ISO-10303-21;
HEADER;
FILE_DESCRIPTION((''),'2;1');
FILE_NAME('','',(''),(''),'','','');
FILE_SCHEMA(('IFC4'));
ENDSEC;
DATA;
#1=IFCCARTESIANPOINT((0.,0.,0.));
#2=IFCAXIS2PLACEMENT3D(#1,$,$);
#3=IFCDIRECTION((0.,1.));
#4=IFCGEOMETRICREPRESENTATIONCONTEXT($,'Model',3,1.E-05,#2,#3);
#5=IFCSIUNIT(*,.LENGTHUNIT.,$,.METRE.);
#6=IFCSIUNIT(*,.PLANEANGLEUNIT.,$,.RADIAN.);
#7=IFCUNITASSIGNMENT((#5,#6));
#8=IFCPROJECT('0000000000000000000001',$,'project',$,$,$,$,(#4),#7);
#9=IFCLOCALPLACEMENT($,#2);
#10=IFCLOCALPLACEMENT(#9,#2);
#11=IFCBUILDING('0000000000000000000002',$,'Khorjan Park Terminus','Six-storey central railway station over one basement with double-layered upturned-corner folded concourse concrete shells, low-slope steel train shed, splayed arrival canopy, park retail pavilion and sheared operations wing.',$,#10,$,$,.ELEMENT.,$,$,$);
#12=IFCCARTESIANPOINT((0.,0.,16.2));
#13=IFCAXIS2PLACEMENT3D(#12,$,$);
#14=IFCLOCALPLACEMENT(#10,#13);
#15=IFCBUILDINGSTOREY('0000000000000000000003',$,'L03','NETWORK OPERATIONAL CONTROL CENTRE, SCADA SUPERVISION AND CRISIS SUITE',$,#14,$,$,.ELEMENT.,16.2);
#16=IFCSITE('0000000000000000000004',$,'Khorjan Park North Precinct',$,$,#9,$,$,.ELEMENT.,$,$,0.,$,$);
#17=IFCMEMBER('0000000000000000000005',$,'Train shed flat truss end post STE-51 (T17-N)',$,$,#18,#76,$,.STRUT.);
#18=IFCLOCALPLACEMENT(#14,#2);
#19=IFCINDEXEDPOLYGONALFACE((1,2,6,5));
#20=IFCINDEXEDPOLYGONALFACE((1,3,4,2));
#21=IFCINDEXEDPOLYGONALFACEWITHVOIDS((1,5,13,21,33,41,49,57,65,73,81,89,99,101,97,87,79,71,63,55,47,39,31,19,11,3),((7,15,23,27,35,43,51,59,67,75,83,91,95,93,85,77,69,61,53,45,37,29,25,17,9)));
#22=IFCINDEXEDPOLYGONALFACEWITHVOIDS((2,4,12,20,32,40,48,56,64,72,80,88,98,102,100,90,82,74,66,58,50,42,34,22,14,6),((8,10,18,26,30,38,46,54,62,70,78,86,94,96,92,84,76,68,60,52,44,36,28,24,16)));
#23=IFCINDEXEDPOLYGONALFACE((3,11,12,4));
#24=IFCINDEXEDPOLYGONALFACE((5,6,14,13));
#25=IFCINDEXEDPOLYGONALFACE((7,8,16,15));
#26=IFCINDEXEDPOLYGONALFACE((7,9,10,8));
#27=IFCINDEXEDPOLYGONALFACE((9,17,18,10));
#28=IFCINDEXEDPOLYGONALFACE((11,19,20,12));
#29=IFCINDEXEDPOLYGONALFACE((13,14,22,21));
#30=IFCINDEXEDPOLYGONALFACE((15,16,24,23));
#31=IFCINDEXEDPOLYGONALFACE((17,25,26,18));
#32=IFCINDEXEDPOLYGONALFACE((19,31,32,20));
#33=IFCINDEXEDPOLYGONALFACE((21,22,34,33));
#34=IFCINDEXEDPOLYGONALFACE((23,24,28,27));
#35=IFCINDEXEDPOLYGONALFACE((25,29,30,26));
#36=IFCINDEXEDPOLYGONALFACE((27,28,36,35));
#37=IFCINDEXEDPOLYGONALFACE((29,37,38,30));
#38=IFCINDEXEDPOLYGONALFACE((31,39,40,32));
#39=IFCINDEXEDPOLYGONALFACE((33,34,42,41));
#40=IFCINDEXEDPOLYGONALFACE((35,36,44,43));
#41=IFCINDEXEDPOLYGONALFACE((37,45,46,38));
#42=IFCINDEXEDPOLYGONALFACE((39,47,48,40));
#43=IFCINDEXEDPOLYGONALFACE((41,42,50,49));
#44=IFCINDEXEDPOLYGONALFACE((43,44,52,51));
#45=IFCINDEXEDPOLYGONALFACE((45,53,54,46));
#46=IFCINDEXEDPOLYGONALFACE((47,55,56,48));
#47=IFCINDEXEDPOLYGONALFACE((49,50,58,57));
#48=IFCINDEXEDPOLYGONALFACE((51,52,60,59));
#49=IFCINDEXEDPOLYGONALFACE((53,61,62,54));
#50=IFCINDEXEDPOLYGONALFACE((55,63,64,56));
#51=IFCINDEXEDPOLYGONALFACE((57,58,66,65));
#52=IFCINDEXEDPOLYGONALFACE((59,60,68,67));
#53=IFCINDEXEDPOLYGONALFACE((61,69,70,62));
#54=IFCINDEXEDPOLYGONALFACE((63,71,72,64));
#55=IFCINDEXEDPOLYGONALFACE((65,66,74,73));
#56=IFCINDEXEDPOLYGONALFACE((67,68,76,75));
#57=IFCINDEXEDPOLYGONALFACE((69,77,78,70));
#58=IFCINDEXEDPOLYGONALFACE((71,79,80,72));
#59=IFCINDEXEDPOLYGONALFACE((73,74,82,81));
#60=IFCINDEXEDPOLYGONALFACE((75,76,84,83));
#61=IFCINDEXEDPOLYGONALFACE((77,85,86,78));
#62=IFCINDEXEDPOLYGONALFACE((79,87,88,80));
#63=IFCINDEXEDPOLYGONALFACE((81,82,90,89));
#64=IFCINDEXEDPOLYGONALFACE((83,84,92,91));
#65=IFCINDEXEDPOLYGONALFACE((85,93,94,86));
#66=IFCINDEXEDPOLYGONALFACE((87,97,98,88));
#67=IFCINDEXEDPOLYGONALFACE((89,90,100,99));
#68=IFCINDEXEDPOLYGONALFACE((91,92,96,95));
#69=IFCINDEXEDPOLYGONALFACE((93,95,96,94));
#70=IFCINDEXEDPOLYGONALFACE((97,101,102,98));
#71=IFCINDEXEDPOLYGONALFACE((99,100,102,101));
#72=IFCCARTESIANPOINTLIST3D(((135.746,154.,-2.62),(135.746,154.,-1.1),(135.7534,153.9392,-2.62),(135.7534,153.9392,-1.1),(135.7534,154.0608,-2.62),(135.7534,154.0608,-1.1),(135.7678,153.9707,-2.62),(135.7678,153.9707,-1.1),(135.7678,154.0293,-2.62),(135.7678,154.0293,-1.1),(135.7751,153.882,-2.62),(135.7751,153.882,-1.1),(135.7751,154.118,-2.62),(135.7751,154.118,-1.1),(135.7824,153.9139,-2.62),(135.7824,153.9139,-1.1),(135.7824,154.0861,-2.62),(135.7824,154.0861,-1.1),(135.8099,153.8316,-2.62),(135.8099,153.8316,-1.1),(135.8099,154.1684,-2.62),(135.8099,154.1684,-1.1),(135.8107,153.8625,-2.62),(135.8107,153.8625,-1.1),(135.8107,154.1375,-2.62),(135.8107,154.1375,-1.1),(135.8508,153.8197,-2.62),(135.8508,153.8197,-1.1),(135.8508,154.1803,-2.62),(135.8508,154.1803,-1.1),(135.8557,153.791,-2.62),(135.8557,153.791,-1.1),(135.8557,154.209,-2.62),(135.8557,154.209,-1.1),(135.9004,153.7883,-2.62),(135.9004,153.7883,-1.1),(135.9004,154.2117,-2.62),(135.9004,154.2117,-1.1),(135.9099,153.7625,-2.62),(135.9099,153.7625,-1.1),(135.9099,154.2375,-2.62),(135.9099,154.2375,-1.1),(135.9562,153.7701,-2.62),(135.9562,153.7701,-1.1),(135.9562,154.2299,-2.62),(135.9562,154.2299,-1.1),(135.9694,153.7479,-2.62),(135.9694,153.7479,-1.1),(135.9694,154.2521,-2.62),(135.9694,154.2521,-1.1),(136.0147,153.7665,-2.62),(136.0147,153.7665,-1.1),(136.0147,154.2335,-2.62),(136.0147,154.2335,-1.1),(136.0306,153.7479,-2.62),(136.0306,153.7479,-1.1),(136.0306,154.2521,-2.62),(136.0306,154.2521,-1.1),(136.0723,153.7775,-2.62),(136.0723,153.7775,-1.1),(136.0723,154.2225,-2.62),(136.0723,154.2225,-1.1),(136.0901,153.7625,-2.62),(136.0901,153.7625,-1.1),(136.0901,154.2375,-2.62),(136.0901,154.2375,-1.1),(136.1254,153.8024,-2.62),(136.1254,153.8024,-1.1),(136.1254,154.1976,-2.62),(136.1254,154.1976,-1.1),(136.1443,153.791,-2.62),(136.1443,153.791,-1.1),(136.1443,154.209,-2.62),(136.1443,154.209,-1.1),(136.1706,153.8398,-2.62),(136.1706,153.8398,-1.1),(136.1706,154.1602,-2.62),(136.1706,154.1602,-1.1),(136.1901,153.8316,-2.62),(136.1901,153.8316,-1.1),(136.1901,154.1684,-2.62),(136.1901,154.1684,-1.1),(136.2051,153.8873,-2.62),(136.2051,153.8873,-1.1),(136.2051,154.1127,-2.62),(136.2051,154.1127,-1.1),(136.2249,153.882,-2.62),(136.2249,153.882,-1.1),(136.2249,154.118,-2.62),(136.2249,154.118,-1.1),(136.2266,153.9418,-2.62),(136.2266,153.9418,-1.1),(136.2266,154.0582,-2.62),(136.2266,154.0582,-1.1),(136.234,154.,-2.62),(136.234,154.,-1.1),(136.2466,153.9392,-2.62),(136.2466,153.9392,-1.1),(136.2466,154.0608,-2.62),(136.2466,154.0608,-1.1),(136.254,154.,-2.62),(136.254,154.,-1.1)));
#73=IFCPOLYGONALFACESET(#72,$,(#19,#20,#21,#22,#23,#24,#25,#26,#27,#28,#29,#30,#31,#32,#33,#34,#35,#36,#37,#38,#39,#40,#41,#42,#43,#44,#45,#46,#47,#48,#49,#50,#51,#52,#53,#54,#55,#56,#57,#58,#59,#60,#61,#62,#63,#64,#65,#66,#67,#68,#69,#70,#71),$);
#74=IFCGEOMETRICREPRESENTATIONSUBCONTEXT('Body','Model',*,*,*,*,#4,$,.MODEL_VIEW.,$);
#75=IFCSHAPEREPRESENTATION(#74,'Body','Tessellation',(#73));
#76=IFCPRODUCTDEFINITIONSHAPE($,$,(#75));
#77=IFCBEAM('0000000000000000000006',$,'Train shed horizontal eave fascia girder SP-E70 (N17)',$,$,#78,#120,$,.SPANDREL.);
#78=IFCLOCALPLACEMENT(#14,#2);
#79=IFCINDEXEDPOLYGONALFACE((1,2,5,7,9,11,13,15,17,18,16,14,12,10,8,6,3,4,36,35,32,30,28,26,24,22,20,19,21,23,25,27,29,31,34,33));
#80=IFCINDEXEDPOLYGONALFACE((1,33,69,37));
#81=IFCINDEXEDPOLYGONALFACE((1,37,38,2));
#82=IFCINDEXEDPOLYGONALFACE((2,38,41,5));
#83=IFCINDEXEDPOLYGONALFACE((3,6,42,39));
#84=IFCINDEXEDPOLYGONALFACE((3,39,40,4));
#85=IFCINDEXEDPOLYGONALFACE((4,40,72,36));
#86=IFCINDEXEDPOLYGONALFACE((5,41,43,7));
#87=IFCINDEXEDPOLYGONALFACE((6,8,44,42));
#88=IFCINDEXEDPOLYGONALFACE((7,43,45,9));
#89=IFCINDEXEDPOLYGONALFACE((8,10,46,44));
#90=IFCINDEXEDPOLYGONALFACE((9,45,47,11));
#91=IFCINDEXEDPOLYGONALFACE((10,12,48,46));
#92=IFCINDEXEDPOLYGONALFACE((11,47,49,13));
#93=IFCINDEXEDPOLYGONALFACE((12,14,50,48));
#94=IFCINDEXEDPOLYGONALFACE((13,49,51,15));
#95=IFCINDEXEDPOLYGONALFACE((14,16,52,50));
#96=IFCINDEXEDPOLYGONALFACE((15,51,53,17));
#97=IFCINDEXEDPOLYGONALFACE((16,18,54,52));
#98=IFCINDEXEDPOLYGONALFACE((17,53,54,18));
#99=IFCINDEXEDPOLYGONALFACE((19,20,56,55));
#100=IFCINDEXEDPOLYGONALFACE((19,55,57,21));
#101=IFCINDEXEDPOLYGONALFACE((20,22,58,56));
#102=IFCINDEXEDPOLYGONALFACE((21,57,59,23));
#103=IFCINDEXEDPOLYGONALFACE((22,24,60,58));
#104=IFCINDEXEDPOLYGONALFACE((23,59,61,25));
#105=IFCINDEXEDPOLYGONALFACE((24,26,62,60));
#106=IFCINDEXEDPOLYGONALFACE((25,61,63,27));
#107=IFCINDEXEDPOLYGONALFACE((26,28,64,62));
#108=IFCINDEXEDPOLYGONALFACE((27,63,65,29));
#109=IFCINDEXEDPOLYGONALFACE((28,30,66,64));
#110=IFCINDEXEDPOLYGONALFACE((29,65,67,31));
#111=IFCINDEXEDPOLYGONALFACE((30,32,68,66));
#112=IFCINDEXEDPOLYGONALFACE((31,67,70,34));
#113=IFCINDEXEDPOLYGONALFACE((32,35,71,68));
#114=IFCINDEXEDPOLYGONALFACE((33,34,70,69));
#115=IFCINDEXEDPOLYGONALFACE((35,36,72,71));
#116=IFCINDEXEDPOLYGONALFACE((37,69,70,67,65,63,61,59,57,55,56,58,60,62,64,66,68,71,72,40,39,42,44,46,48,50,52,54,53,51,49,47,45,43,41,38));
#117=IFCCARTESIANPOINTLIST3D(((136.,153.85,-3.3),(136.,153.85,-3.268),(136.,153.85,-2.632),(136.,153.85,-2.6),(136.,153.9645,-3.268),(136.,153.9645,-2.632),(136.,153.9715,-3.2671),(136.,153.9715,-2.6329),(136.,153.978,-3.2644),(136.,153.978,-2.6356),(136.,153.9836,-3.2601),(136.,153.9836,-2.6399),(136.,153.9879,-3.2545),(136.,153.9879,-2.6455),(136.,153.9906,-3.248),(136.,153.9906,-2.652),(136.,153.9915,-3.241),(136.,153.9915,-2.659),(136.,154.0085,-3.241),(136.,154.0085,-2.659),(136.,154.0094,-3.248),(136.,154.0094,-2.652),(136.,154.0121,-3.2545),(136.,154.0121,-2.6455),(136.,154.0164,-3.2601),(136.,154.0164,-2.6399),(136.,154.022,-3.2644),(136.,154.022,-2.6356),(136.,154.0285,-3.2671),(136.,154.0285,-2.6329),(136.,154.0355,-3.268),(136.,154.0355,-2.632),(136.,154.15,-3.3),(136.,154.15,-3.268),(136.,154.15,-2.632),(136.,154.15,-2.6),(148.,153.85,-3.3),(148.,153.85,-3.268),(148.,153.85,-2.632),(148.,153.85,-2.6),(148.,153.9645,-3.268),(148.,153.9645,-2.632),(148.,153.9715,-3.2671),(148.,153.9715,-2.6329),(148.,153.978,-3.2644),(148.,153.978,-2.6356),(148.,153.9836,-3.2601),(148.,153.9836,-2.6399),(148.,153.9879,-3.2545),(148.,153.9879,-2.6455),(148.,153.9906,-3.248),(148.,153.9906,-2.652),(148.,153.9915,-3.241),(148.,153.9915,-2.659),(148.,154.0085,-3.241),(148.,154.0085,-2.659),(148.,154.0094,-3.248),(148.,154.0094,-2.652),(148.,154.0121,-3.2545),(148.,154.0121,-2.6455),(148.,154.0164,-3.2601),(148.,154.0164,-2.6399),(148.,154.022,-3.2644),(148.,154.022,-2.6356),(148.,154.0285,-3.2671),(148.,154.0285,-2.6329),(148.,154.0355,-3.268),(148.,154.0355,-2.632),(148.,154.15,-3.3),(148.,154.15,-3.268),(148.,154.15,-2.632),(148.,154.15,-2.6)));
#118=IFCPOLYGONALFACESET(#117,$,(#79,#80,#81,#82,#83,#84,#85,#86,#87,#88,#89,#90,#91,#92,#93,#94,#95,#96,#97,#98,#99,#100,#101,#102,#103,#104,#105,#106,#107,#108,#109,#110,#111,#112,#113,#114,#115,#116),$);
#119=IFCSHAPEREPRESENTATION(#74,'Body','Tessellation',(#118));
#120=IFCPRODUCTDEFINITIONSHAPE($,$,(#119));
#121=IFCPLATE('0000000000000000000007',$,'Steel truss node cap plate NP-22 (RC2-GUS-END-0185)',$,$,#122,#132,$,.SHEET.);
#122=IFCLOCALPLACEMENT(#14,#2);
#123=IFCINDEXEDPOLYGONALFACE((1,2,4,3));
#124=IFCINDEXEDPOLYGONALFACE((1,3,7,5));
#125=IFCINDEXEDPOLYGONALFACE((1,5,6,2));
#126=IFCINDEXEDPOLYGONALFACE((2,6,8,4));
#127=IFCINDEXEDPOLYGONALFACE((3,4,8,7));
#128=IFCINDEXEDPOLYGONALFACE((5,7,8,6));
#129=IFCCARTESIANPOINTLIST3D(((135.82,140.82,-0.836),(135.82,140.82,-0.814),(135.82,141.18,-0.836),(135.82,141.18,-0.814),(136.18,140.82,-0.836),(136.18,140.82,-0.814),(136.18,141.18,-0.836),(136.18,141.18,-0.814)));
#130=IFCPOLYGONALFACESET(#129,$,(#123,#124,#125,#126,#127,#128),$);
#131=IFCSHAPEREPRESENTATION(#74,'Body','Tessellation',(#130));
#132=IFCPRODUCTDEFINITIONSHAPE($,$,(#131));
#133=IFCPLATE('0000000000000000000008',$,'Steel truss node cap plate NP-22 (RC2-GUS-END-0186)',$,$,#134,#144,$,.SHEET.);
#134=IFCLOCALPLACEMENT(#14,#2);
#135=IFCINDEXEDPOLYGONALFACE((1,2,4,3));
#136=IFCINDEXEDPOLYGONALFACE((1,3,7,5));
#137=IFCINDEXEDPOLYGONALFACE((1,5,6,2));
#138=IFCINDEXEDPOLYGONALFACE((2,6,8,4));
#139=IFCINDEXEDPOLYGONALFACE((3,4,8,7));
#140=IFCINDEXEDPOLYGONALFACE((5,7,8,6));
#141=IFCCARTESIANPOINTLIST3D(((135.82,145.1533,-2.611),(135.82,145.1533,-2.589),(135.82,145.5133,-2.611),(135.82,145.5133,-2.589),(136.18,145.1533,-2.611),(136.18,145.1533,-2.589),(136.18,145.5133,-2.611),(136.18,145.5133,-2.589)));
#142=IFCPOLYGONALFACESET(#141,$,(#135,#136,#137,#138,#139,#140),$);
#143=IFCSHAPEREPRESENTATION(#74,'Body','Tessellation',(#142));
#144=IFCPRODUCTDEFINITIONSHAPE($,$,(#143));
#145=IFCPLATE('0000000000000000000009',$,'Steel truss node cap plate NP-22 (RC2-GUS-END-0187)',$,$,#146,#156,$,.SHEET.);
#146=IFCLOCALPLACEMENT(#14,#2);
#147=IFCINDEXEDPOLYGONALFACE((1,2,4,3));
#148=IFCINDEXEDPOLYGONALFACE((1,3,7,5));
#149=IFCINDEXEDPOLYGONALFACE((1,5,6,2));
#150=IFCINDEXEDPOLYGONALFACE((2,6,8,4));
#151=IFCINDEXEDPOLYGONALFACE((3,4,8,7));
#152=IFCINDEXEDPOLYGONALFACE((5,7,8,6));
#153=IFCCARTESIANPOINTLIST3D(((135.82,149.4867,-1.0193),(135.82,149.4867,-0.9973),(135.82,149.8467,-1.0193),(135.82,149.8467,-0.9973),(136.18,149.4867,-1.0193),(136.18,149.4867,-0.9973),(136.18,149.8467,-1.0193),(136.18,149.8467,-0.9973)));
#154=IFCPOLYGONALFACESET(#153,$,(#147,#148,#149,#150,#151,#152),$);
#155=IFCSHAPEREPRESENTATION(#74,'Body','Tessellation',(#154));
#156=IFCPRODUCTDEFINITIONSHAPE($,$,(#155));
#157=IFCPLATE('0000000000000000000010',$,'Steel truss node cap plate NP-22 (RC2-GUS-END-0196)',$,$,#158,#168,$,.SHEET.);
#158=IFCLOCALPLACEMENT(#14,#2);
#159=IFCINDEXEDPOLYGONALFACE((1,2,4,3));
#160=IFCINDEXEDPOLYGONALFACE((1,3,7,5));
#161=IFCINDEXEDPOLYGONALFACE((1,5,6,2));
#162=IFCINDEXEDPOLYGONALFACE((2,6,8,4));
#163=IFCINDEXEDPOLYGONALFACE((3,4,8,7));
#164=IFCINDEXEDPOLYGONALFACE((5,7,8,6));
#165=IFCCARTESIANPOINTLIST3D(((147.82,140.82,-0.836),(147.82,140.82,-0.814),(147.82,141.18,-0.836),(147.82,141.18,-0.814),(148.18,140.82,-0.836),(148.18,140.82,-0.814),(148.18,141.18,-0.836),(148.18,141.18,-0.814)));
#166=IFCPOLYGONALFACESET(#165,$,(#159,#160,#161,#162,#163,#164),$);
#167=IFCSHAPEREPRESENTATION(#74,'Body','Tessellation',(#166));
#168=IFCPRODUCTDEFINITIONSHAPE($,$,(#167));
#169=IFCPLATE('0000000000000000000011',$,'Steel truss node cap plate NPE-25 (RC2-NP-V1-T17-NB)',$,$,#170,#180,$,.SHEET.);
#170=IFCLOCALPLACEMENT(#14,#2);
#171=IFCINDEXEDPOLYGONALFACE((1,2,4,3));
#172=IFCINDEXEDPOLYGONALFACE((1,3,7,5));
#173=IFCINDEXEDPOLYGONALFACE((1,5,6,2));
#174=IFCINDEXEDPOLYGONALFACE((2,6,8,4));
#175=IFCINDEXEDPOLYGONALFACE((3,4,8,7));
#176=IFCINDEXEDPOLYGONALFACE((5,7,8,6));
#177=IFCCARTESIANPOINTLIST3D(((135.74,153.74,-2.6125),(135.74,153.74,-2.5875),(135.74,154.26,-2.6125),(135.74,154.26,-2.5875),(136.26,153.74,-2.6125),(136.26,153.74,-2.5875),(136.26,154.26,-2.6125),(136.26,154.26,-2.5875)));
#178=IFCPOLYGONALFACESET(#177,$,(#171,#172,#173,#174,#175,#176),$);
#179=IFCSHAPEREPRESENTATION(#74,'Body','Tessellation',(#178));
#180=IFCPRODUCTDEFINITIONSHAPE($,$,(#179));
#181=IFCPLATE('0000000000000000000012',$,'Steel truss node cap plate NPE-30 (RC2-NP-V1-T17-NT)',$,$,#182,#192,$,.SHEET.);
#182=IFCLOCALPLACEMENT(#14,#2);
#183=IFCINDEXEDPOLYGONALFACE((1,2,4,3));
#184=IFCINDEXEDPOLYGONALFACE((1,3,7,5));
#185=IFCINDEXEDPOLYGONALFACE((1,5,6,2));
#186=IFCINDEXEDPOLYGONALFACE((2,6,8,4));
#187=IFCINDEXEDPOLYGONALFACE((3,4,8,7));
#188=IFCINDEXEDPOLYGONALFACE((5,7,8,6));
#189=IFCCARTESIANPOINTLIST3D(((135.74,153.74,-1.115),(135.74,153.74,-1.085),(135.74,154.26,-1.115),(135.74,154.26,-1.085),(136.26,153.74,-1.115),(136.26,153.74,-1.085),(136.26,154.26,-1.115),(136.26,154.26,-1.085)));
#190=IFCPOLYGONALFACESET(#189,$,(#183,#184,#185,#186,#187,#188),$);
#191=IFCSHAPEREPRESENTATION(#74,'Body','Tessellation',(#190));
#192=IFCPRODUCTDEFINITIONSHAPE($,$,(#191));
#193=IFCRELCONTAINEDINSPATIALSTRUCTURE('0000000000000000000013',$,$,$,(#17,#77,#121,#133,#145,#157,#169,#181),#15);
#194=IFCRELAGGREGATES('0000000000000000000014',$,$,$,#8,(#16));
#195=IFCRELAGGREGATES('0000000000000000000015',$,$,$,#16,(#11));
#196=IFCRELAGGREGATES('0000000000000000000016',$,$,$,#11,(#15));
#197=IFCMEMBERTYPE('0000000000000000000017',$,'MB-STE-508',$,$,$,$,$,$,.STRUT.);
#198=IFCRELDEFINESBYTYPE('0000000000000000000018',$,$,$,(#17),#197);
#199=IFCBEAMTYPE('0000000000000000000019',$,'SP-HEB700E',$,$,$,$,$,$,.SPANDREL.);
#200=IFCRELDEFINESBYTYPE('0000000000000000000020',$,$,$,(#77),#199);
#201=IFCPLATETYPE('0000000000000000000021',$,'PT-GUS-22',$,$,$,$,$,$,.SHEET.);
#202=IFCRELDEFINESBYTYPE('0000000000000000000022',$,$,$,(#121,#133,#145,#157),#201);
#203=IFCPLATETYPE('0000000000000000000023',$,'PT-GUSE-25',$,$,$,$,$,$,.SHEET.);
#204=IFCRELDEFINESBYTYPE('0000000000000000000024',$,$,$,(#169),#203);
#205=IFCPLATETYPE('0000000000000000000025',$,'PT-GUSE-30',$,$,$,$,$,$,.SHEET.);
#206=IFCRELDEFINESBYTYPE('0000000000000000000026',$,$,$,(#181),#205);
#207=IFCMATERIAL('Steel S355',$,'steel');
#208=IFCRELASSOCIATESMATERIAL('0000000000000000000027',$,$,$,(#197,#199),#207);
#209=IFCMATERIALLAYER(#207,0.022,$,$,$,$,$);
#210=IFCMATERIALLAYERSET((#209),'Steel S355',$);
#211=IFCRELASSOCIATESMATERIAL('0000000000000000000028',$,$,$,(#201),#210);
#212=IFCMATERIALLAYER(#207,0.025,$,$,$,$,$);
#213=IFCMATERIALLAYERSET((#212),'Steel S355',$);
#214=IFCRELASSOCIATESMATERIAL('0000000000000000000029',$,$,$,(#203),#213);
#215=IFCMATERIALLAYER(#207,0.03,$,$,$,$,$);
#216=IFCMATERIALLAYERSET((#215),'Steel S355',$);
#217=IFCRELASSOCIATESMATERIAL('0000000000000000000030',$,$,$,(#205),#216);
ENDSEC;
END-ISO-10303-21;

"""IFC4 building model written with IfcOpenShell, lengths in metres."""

from ifc_helpers import new_model, si_unit, direction, frame, origin, origin_2d, place, context, subcontext, project, spatial, rectangle, hollow_circle, i_section, extrude, material, layer, layer_set, material_profile, profile_set, type_object, element, save


model = new_model("IFC4")

# Units and contexts
model_context = context("Model", 3, precision=1e-05, world=origin(), true_north=direction((0.0, 1.0)))
body_context = subcontext(model_context, "Body", "Model", "MODEL_VIEW")
ifc_project = project(units=[si_unit("LENGTHUNIT", "METRE"), si_unit("PLANEANGLEUNIT", "RADIAN")], contexts=[model_context])

# Site, building, storey
site_placement = place(None, origin())
site = spatial("IfcSite", under=ifc_project, at=site_placement, Name="Khorjan Park North Precinct", CompositionType="ELEMENT", RefElevation=0.0)
building_placement = place(site_placement, origin())
building = spatial("IfcBuilding", under=site, at=building_placement, Name="Khorjan Park Terminus", Description="Six-storey central railway station over one basement with double-layered upturned-corner folded concourse concrete shells, low-slope steel train shed, splayed arrival canopy, park retail pavilion and sheared operations wing.", CompositionType="ELEMENT")
storey_placement = place(building_placement, frame((0.0, 0.0, 16.2)))
storey = spatial("IfcBuildingStorey", under=building, at=storey_placement, Name="L03", Description="NETWORK OPERATIONAL CONTROL CENTRE, SCADA SUPERVISION AND CRISIS SUITE", CompositionType="ELEMENT", Elevation=16.2)

# Member
ifc_material = material(Name="Steel S355", Category="steel")
ifc_material_profile_1 = material_profile(ifc_material, hollow_circle(Radius=0.254, WallThickness=0.02, at=origin_2d()), Name="CHS 508x20")
ifc_profile_set_1 = profile_set([ifc_material_profile_1], Name="Steel S355")
member_type_1 = type_object("IfcMemberType", Name="MB-STE-508", PredefinedType="STRUT", material=ifc_profile_set_1)
member_1_placement = place(storey_placement, frame((136.0, 154.0, -2.62), z_axis=(0.0, 0.0, 1.0), x_axis=(1.0, 0.0, 0.0)))
element("IfcMember", 1, at=member_1_placement, inside=storey, type_object=member_type_1, Name="Train shed flat truss end post STE-51 (T17-N)", PredefinedType="STRUT", context=body_context, shape_type="SweptSolid", body=[
    extrude(hollow_circle(Radius=0.254, WallThickness=0.02, at=origin_2d()), origin(), (0.0, 0.0, 1.0), 1.52),
])

# Beam
ifc_material_profile_2 = material_profile(ifc_material, i_section(OverallWidth=0.3, OverallDepth=0.7, WebThickness=0.017, FlangeThickness=0.032, FilletRadius=0.027, at=origin_2d()), Name="HEB 700")
ifc_profile_set_2 = profile_set([ifc_material_profile_2], Name="Steel S355")
beam_type = type_object("IfcBeamType", Name="SP-HEB700E", PredefinedType="SPANDREL", material=ifc_profile_set_2)
beam_placement = place(storey_placement, frame((136.0, 154.0, -2.95), z_axis=(1.0, 0.0, 0.0), x_axis=(0.0, 1.0, 0.0)))
element("IfcBeam", 2, at=beam_placement, inside=storey, type_object=beam_type, Name="Train shed horizontal eave fascia girder SP-E70 (N17)", PredefinedType="SPANDREL", context=body_context, shape_type="SweptSolid", body=[
    extrude(i_section(OverallWidth=0.3, OverallDepth=0.7, WebThickness=0.017, FlangeThickness=0.032, FilletRadius=0.027, at=origin_2d()), origin(), (0.0, 0.0, 1.0), 12.0),
])

# Plates
ifc_layer_1 = layer(ifc_material, 0.022)
ifc_layer_set_1 = layer_set([ifc_layer_1], Name="Steel S355")
plate_type_1 = type_object("IfcPlateType", Name="PT-GUS-22", PredefinedType="SHEET", material=ifc_layer_set_1)
for number, where, z_axis, x_axis, name in (
    (3, (136.0, 141.0, -0.836), (0.0, 0.0, 1.0), (1.0, 0.0, 0.0), "Steel truss node cap plate NP-22 (RC2-GUS-END-0185)"),
    (4, (136.0, 145.3333, -2.611), (0.0, 0.0, 1.0), (1.0, 0.0, 0.0), "Steel truss node cap plate NP-22 (RC2-GUS-END-0186)"),
    (5, (136.0, 149.6667, -1.0193), (0.0, 0.0, 1.0), (1.0, 0.0, 0.0), "Steel truss node cap plate NP-22 (RC2-GUS-END-0187)"),
    (6, (148.0, 141.0, -0.836), (0.0, 0.0, 1.0), (1.0, 0.0, 0.0), "Steel truss node cap plate NP-22 (RC2-GUS-END-0196)"),
):
    element("IfcPlate", number, at=place(storey_placement, frame(where, z_axis=z_axis, x_axis=x_axis)), inside=storey, type_object=plate_type_1, Name=name, PredefinedType="SHEET", context=body_context, shape_type="SweptSolid", body=[
        extrude(rectangle(XDim=0.36, YDim=0.36, at=origin_2d()), origin(), (0.0, 0.0, 1.0), 0.022),
    ])
ifc_layer_2 = layer(ifc_material, 0.025)
ifc_layer_set_2 = layer_set([ifc_layer_2], Name="Steel S355")
plate_type_2 = type_object("IfcPlateType", Name="PT-GUSE-25", PredefinedType="SHEET", material=ifc_layer_set_2)
plate_1_placement = place(storey_placement, frame((136.0, 154.0, -2.6125), z_axis=(0.0, 0.0, 1.0), x_axis=(1.0, 0.0, 0.0)))
element("IfcPlate", 7, at=plate_1_placement, inside=storey, type_object=plate_type_2, Name="Steel truss node cap plate NPE-25 (RC2-NP-V1-T17-NB)", PredefinedType="SHEET", context=body_context, shape_type="SweptSolid", body=[
    extrude(rectangle(XDim=0.52, YDim=0.52, at=origin_2d()), origin(), (0.0, 0.0, 1.0), 0.025),
])
ifc_layer_3 = layer(ifc_material, 0.03)
ifc_layer_set_3 = layer_set([ifc_layer_3], Name="Steel S355")
plate_type_3 = type_object("IfcPlateType", Name="PT-GUSE-30", PredefinedType="SHEET", material=ifc_layer_set_3)
plate_2_placement = place(storey_placement, frame((136.0, 154.0, -1.115), z_axis=(0.0, 0.0, 1.0), x_axis=(1.0, 0.0, 0.0)))
element("IfcPlate", 8, at=plate_2_placement, inside=storey, type_object=plate_type_3, Name="Steel truss node cap plate NPE-30 (RC2-NP-V1-T17-NT)", PredefinedType="SHEET", context=body_context, shape_type="SweptSolid", body=[
    extrude(rectangle(XDim=0.52, YDim=0.52, at=origin_2d()), origin(), (0.0, 0.0, 1.0), 0.03),
])

save(model, "model.ifc")
